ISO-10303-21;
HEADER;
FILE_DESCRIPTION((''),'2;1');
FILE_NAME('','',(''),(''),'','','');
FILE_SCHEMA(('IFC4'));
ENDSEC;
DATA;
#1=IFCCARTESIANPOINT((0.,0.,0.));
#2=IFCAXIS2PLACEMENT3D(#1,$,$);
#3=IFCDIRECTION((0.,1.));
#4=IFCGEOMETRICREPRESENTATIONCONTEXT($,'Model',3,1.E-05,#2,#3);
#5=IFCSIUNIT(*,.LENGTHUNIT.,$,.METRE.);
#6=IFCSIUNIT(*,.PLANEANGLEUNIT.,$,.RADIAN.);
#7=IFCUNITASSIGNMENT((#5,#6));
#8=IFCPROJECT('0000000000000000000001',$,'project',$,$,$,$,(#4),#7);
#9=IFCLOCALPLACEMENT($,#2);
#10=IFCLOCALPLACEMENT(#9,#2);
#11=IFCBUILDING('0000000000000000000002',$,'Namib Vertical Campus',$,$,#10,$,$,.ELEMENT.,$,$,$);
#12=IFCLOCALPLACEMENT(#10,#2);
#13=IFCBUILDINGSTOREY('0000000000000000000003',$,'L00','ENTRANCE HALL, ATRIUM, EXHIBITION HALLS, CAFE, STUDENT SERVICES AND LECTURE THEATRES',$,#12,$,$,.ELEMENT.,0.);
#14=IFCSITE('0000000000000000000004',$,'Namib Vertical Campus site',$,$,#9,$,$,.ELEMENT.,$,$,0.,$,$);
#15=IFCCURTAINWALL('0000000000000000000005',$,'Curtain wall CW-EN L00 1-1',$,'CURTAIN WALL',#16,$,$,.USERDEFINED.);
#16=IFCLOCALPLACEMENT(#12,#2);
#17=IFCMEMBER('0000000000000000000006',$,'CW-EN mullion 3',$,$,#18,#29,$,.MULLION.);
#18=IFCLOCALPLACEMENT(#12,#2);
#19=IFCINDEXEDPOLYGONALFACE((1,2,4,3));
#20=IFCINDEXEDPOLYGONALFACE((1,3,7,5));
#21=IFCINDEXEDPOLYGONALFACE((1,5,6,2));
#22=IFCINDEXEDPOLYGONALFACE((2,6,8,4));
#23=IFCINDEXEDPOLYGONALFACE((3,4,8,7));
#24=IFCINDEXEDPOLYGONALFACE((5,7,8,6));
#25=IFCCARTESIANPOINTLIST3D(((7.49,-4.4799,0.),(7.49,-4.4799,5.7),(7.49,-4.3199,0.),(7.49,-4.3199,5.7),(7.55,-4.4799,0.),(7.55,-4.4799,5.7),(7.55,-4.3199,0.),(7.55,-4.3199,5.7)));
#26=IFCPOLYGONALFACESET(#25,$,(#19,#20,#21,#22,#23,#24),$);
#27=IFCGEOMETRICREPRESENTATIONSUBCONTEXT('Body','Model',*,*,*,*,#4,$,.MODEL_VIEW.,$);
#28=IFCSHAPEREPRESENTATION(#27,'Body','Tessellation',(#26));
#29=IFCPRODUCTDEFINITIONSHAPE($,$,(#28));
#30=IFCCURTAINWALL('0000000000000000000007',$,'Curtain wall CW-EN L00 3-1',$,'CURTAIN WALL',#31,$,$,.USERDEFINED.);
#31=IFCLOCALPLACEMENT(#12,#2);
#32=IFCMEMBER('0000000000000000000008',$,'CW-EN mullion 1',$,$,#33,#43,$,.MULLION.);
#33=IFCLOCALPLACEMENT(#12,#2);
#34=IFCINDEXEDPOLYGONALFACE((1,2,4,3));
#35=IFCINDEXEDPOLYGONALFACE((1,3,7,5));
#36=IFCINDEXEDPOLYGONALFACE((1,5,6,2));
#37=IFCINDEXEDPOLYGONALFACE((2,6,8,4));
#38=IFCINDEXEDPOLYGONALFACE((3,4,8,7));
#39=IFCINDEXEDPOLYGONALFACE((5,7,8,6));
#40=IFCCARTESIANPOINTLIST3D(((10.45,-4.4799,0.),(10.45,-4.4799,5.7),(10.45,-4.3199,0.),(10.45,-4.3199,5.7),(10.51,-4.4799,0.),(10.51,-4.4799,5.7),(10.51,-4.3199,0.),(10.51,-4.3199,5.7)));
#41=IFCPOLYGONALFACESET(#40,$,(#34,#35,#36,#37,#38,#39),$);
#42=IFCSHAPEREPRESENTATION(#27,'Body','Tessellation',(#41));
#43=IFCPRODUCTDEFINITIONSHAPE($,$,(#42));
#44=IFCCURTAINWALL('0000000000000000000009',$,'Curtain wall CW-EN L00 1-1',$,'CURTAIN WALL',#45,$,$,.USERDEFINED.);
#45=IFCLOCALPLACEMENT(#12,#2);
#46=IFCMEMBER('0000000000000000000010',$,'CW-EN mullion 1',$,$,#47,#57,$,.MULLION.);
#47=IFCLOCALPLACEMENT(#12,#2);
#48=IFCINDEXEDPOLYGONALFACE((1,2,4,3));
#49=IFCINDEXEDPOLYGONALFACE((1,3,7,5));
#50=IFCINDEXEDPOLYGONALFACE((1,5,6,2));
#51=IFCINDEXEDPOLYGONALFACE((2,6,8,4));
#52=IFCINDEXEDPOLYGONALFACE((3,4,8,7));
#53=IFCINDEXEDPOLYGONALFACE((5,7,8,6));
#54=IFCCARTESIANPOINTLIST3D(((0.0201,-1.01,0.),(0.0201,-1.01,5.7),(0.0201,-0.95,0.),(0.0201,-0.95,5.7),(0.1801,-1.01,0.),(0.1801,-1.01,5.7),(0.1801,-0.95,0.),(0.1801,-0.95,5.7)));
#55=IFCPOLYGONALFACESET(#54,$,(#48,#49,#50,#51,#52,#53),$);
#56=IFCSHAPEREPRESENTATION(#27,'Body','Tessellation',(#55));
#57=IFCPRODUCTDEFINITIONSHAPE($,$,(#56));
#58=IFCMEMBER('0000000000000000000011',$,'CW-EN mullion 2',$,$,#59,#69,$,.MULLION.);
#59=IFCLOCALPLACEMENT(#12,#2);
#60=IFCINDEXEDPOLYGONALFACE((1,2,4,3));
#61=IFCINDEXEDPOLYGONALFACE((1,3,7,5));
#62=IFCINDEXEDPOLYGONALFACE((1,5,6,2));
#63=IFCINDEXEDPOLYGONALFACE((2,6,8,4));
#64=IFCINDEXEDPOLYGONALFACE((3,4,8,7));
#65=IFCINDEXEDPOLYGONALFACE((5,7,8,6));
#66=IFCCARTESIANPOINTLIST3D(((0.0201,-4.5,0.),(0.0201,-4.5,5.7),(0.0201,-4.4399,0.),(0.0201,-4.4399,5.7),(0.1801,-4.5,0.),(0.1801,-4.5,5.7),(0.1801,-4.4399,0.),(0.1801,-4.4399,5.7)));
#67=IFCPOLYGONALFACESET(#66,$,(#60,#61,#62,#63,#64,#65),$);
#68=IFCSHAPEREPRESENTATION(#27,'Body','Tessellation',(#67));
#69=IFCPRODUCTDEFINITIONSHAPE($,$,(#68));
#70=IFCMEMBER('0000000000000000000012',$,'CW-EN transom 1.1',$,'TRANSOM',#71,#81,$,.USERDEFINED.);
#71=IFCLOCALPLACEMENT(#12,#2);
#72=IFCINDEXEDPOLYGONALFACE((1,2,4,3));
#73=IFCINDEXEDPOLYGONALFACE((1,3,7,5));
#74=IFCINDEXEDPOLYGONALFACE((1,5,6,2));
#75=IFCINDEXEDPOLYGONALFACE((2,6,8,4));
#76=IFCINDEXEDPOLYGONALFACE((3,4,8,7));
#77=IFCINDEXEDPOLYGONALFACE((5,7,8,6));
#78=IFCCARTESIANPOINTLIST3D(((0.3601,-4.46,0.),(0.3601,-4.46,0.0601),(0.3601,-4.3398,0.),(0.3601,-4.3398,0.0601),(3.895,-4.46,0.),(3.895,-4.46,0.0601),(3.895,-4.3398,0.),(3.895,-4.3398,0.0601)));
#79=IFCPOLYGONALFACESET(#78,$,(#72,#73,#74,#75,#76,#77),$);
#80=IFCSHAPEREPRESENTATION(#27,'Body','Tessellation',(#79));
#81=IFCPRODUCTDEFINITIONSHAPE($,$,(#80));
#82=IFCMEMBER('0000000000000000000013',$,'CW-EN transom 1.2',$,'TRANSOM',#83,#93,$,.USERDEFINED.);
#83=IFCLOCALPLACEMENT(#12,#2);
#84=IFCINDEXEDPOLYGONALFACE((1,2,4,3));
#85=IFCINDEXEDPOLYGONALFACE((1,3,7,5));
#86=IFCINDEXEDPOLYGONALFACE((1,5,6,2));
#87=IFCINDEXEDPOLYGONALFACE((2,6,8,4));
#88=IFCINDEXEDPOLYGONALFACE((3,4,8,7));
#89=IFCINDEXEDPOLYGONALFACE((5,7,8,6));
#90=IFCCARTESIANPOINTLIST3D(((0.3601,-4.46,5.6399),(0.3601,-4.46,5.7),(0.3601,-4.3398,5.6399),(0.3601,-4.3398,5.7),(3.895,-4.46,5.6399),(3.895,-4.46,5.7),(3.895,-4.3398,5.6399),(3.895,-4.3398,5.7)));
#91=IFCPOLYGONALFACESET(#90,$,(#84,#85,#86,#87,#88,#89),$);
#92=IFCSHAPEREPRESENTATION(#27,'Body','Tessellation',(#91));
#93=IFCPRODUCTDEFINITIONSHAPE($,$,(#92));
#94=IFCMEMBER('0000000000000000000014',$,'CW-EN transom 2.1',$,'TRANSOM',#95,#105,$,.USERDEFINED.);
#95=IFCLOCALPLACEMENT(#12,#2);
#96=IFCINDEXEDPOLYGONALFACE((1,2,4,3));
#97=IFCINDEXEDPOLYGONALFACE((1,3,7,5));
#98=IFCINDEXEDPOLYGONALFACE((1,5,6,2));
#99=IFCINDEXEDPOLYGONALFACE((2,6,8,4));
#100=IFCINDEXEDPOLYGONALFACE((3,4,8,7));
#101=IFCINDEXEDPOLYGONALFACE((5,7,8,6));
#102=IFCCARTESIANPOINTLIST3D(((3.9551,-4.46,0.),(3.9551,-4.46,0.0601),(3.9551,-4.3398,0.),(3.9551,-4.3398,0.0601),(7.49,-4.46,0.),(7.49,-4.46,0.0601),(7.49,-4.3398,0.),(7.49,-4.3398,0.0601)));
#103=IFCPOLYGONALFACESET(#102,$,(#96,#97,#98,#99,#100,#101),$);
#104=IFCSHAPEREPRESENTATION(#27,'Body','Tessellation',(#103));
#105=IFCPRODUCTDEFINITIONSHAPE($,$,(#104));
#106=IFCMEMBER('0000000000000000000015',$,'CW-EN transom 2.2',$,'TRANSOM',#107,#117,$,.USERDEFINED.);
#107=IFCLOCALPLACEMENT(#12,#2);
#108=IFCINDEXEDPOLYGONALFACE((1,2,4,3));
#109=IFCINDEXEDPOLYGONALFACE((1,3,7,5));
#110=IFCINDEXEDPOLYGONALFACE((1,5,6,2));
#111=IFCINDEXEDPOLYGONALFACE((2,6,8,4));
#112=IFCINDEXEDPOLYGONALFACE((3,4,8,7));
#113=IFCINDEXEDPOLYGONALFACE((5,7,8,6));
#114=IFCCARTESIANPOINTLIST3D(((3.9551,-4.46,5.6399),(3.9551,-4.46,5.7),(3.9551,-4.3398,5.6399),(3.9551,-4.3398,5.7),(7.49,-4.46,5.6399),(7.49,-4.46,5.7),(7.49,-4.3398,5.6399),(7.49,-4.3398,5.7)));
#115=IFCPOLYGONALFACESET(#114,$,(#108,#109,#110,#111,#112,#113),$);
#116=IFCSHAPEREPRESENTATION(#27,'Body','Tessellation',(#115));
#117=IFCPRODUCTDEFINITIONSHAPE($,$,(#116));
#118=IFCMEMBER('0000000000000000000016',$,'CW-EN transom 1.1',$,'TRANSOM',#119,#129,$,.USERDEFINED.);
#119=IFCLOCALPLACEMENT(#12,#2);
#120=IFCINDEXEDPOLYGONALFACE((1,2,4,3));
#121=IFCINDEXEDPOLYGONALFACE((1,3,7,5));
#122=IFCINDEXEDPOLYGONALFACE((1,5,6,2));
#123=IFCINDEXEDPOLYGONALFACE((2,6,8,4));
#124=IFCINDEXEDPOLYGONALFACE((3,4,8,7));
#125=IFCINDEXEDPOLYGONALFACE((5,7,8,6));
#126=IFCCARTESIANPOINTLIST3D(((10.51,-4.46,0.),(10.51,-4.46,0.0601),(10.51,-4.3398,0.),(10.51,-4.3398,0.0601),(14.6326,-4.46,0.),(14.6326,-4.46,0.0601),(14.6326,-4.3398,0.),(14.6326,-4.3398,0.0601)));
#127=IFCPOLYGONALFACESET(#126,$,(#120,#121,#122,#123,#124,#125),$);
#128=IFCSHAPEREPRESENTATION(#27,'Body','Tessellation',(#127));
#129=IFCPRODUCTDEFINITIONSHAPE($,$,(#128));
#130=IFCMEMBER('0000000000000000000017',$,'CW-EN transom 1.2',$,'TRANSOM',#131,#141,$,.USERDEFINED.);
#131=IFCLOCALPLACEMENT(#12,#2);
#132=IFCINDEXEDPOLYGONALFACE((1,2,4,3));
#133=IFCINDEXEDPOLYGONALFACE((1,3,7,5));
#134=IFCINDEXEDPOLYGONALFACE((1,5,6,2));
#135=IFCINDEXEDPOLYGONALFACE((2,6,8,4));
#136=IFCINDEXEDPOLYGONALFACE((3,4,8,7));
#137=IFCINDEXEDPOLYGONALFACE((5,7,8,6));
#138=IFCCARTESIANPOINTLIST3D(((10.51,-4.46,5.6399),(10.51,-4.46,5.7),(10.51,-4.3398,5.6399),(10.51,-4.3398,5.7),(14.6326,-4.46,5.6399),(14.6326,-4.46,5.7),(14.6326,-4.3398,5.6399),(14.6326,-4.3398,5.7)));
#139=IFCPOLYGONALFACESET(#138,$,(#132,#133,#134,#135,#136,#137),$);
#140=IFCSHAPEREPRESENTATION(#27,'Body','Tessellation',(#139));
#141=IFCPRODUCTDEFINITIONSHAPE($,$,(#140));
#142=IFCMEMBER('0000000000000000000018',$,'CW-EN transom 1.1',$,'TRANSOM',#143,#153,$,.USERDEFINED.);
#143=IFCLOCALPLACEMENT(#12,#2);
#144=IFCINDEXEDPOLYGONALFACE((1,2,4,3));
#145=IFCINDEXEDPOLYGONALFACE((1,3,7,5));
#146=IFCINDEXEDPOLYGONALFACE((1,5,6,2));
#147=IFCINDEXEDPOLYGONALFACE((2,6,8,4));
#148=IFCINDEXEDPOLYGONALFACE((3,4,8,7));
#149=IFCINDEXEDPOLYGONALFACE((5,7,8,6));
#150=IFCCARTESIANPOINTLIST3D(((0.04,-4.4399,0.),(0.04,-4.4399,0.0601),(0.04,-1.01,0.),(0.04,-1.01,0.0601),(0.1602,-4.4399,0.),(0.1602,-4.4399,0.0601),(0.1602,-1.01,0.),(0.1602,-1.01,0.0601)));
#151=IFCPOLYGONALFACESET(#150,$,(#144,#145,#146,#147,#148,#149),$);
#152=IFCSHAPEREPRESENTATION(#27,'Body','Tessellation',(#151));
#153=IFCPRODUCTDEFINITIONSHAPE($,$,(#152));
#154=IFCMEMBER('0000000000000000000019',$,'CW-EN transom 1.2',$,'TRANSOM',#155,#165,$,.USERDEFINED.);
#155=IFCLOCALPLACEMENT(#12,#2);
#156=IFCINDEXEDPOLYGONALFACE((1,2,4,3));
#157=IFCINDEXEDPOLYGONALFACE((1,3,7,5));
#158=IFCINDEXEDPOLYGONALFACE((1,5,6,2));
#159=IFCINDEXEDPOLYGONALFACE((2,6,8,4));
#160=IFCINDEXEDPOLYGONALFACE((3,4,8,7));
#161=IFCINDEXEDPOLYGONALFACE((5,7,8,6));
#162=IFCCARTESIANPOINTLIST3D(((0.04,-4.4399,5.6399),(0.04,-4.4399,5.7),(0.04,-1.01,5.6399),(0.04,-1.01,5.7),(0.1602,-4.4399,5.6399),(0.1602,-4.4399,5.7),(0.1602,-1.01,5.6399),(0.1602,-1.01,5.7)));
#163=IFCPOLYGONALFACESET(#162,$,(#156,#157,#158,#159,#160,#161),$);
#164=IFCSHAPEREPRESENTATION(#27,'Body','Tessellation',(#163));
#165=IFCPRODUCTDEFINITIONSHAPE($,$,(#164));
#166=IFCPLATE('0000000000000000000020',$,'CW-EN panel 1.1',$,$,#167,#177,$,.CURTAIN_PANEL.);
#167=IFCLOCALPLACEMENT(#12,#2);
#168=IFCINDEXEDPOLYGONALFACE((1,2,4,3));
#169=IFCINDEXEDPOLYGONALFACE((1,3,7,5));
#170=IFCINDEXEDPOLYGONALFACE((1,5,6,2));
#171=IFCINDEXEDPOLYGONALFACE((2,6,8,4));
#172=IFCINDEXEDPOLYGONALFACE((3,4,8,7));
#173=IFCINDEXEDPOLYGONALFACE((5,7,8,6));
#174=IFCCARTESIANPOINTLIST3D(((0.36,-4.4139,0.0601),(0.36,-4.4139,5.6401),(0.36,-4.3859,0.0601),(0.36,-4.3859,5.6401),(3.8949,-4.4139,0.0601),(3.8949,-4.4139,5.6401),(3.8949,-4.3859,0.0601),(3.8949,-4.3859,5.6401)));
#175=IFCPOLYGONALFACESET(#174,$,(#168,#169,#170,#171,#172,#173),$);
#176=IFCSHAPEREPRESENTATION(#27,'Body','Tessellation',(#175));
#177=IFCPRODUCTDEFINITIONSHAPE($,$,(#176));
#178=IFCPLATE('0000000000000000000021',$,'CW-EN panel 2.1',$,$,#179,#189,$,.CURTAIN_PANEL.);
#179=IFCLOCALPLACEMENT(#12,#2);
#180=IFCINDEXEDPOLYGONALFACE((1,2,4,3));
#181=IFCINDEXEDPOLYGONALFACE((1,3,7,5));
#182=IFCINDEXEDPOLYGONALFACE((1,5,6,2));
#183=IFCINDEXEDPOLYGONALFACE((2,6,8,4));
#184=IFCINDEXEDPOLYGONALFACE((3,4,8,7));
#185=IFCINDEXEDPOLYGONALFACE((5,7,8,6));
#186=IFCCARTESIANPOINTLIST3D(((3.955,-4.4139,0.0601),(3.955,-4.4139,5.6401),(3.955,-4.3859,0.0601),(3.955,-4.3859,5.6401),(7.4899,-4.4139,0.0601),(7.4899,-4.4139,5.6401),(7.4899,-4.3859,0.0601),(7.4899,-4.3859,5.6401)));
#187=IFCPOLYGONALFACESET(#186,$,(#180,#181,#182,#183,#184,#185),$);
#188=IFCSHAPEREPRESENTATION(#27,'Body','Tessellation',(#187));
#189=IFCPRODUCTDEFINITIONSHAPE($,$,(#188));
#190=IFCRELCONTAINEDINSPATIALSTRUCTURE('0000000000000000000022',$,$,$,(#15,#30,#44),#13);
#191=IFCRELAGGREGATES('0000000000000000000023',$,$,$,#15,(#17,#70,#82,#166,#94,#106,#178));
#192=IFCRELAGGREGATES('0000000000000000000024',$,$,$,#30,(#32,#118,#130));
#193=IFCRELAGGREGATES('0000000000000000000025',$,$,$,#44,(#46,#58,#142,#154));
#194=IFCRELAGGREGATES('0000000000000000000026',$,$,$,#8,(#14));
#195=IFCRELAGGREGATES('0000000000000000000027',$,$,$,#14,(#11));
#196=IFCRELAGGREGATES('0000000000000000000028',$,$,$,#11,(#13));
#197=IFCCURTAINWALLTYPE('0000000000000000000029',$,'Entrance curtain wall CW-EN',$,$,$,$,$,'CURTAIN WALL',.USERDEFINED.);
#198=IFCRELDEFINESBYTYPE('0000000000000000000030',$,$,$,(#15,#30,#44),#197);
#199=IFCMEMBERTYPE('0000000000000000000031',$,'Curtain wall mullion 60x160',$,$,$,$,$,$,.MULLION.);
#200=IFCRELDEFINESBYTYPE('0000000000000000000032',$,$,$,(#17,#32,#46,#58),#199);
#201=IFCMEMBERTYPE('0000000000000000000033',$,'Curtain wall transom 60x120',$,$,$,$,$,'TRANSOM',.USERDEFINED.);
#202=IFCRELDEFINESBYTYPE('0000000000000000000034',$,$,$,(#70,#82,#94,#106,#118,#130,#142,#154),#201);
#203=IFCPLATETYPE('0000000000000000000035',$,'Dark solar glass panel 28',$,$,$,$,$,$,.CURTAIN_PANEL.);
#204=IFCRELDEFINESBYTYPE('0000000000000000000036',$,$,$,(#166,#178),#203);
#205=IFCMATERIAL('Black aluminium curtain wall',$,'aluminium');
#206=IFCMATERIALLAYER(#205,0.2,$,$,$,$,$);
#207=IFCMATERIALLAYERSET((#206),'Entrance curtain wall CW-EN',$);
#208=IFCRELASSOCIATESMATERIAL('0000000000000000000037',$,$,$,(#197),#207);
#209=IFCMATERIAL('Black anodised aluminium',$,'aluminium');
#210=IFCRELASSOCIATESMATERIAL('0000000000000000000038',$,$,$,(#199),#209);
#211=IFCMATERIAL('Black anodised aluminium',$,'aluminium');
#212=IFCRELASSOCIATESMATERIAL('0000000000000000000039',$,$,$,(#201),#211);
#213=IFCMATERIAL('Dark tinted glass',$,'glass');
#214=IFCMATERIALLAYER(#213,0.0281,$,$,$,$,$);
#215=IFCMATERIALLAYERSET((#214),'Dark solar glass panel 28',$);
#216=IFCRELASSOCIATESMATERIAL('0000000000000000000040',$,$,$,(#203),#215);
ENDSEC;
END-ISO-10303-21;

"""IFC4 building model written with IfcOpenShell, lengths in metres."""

from ifc_helpers import new_model, si_unit, direction, frame, origin, origin_2d, place, context, subcontext, project, spatial, rectangle, extrude, material, layer, layer_set, material_profile, profile_set, type_object, element, aggregate, save


model = new_model("IFC4")

# Units and contexts
model_context = context("Model", 3, precision=1e-05, world=origin(), true_north=direction((0.0, 1.0)))
body_context = subcontext(model_context, "Body", "Model", "MODEL_VIEW")
ifc_project = project(units=[si_unit("LENGTHUNIT", "METRE"), si_unit("PLANEANGLEUNIT", "RADIAN")], contexts=[model_context])

# Site, building, storey
site_placement = place(None, origin())
site = spatial("IfcSite", under=ifc_project, at=site_placement, Name="Namib Vertical Campus site", CompositionType="ELEMENT", RefElevation=0.0)
building_placement = place(site_placement, origin())
building = spatial("IfcBuilding", under=site, at=building_placement, Name="Namib Vertical Campus", CompositionType="ELEMENT")
storey_placement = place(building_placement, origin())
storey = spatial("IfcBuildingStorey", under=building, at=storey_placement, Name="L00", Description="ENTRANCE HALL, ATRIUM, EXHIBITION HALLS, CAFE, STUDENT SERVICES AND LECTURE THEATRES", CompositionType="ELEMENT", Elevation=0.0)

# Curtain wall, member
ifc_material_1 = material(Name="Black aluminium curtain wall", Category="aluminium")
ifc_layer_1 = layer(ifc_material_1, 0.2)
ifc_layer_set_1 = layer_set([ifc_layer_1], Name="Entrance curtain wall CW-EN")
curtain_wall_type = type_object("IfcCurtainWallType", Name="Entrance curtain wall CW-EN", ElementType="CURTAIN WALL", PredefinedType="USERDEFINED", material=ifc_layer_set_1)
curtain_wall_1_placement = place(storey_placement, origin())
curtain_wall_1 = element("IfcCurtainWall", 1, at=curtain_wall_1_placement, inside=storey, type_object=curtain_wall_type, Name="Curtain wall CW-EN L00 1-1", ObjectType="CURTAIN WALL", PredefinedType="USERDEFINED")
ifc_material_2 = material(Name="Black anodised aluminium", Category="aluminium")
ifc_material_profile_1 = material_profile(ifc_material_2, rectangle(XDim=0.0601, YDim=0.1599, at=origin_2d()))
ifc_profile_set_1 = profile_set([ifc_material_profile_1], Name="Black anodised aluminium")
member_type_1 = type_object("IfcMemberType", Name="Curtain wall mullion 60x160", PredefinedType="MULLION", material=ifc_profile_set_1)
member_1_placement = place(storey_placement, frame((7.52, -4.3999, 0.0), z_axis=(0.0, 0.0, 1.0), x_axis=(1.0, 0.0, 0.0)))
member_1 = element("IfcMember", 2, at=member_1_placement, type_object=member_type_1, Name="CW-EN mullion 3", PredefinedType="MULLION", context=body_context, shape_type="SweptSolid", body=[
    extrude(rectangle(XDim=0.0601, YDim=0.1599, at=origin_2d()), origin(), (0.0, 0.0, 1.0), 5.7),
])

# Curtain wall, member
curtain_wall_2_placement = place(storey_placement, origin())
curtain_wall_2 = element("IfcCurtainWall", 3, at=curtain_wall_2_placement, inside=storey, type_object=curtain_wall_type, Name="Curtain wall CW-EN L00 3-1", ObjectType="CURTAIN WALL", PredefinedType="USERDEFINED")
member_2_placement = place(storey_placement, frame((10.48, -4.3999, 0.0), z_axis=(0.0, 0.0, 1.0), x_axis=(1.0, 0.0, 0.0)))
member_2 = element("IfcMember", 4, at=member_2_placement, type_object=member_type_1, Name="CW-EN mullion 1", PredefinedType="MULLION", context=body_context, shape_type="SweptSolid", body=[
    extrude(rectangle(XDim=0.0601, YDim=0.1599, at=origin_2d()), origin(), (0.0, 0.0, 1.0), 5.7),
])

# Curtain wall, members
curtain_wall_3_placement = place(storey_placement, origin())
curtain_wall_3 = element("IfcCurtainWall", 5, at=curtain_wall_3_placement, inside=storey, type_object=curtain_wall_type, Name="Curtain wall CW-EN L00 1-1", ObjectType="CURTAIN WALL", PredefinedType="USERDEFINED")
member_3_placement = place(storey_placement, frame((0.1001, -0.98, 0.0), z_axis=(0.0, 0.0, 1.0), x_axis=(0.0, -1.0, 0.0)))
member_3 = element("IfcMember", 6, at=member_3_placement, type_object=member_type_1, Name="CW-EN mullion 1", PredefinedType="MULLION", context=body_context, shape_type="SweptSolid", body=[
    extrude(rectangle(XDim=0.0601, YDim=0.1599, at=origin_2d()), origin(), (0.0, 0.0, 1.0), 5.7),
])
member_4_placement = place(storey_placement, frame((0.1001, -4.47, 0.0), z_axis=(0.0, 0.0, 1.0), x_axis=(0.0, -1.0, 0.0)))
member_4 = element("IfcMember", 7, at=member_4_placement, type_object=member_type_1, Name="CW-EN mullion 2", PredefinedType="MULLION", context=body_context, shape_type="SweptSolid", body=[
    extrude(rectangle(XDim=0.0601, YDim=0.1599, at=origin_2d()), origin(), (0.0, 0.0, 1.0), 5.7),
])

# Members
ifc_material_3 = material(Name="Black anodised aluminium", Category="aluminium")
ifc_material_profile_2 = material_profile(ifc_material_3, rectangle(XDim=0.0601, YDim=0.1201, at=origin_2d()))
ifc_profile_set_2 = profile_set([ifc_material_profile_2], Name="Black anodised aluminium")
member_type_2 = type_object("IfcMemberType", Name="Curtain wall transom 60x120", ElementType="TRANSOM", PredefinedType="USERDEFINED", material=ifc_profile_set_2)
member_5_placement = place(storey_placement, frame((0.3601, -4.3999, 0.03), z_axis=(1.0, 0.0, 0.0), x_axis=(0.0, 0.0, 1.0)))
member_5 = element("IfcMember", 8, at=member_5_placement, type_object=member_type_2, Name="CW-EN transom 1.1", ObjectType="TRANSOM", PredefinedType="USERDEFINED", context=body_context, shape_type="SweptSolid", body=[
    extrude(rectangle(XDim=0.0601, YDim=0.1201, at=origin_2d()), origin(), (0.0, 0.0, 1.0), 3.5349),
])
member_6_placement = place(storey_placement, frame((0.3601, -4.3999, 5.6699), z_axis=(1.0, 0.0, 0.0), x_axis=(0.0, 0.0, 1.0)))
member_6 = element("IfcMember", 9, at=member_6_placement, type_object=member_type_2, Name="CW-EN transom 1.2", ObjectType="TRANSOM", PredefinedType="USERDEFINED", context=body_context, shape_type="SweptSolid", body=[
    extrude(rectangle(XDim=0.0601, YDim=0.1201, at=origin_2d()), origin(), (0.0, 0.0, 1.0), 3.5349),
])
member_7_placement = place(storey_placement, frame((3.9551, -4.3999, 0.03), z_axis=(1.0, 0.0, 0.0), x_axis=(0.0, 0.0, 1.0)))
member_7 = element("IfcMember", 10, at=member_7_placement, type_object=member_type_2, Name="CW-EN transom 2.1", ObjectType="TRANSOM", PredefinedType="USERDEFINED", context=body_context, shape_type="SweptSolid", body=[
    extrude(rectangle(XDim=0.0601, YDim=0.1201, at=origin_2d()), origin(), (0.0, 0.0, 1.0), 3.5349),
])
member_8_placement = place(storey_placement, frame((3.9551, -4.3999, 5.6699), z_axis=(1.0, 0.0, 0.0), x_axis=(0.0, 0.0, 1.0)))
member_8 = element("IfcMember", 11, at=member_8_placement, type_object=member_type_2, Name="CW-EN transom 2.2", ObjectType="TRANSOM", PredefinedType="USERDEFINED", context=body_context, shape_type="SweptSolid", body=[
    extrude(rectangle(XDim=0.0601, YDim=0.1201, at=origin_2d()), origin(), (0.0, 0.0, 1.0), 3.5349),
])
member_9_placement = place(storey_placement, frame((10.51, -4.3999, 0.03), z_axis=(1.0, 0.0, 0.0), x_axis=(0.0, 0.0, 1.0)))
member_9 = element("IfcMember", 12, at=member_9_placement, type_object=member_type_2, Name="CW-EN transom 1.1", ObjectType="TRANSOM", PredefinedType="USERDEFINED", context=body_context, shape_type="SweptSolid", body=[
    extrude(rectangle(XDim=0.0601, YDim=0.1201, at=origin_2d()), origin(), (0.0, 0.0, 1.0), 4.1226),
])
member_10_placement = place(storey_placement, frame((10.51, -4.3999, 5.6699), z_axis=(1.0, 0.0, 0.0), x_axis=(0.0, 0.0, 1.0)))
member_10 = element("IfcMember", 13, at=member_10_placement, type_object=member_type_2, Name="CW-EN transom 1.2", ObjectType="TRANSOM", PredefinedType="USERDEFINED", context=body_context, shape_type="SweptSolid", body=[
    extrude(rectangle(XDim=0.0601, YDim=0.1201, at=origin_2d()), origin(), (0.0, 0.0, 1.0), 4.1226),
])
member_11_placement = place(storey_placement, frame((0.1001, -1.01, 0.03), z_axis=(0.0, -1.0, 0.0), x_axis=(0.0, 0.0, 1.0)))
member_11 = element("IfcMember", 14, at=member_11_placement, type_object=member_type_2, Name="CW-EN transom 1.1", ObjectType="TRANSOM", PredefinedType="USERDEFINED", context=body_context, shape_type="SweptSolid", body=[
    extrude(rectangle(XDim=0.0601, YDim=0.1201, at=origin_2d()), origin(), (0.0, 0.0, 1.0), 3.4299),
])
member_12_placement = place(storey_placement, frame((0.1001, -1.01, 5.6699), z_axis=(0.0, -1.0, 0.0), x_axis=(0.0, 0.0, 1.0)))
member_12 = element("IfcMember", 15, at=member_12_placement, type_object=member_type_2, Name="CW-EN transom 1.2", ObjectType="TRANSOM", PredefinedType="USERDEFINED", context=body_context, shape_type="SweptSolid", body=[
    extrude(rectangle(XDim=0.0601, YDim=0.1201, at=origin_2d()), origin(), (0.0, 0.0, 1.0), 3.4299),
])

# Plates
ifc_material_4 = material(Name="Dark tinted glass", Category="glass")
ifc_layer_2 = layer(ifc_material_4, 0.0281)
ifc_layer_set_2 = layer_set([ifc_layer_2], Name="Dark solar glass panel 28")
plate_type = type_object("IfcPlateType", Name="Dark solar glass panel 28", PredefinedType="CURTAIN_PANEL", material=ifc_layer_set_2)
plate_1_placement = place(storey_placement, frame((2.1274, -4.3999, 0.0601), z_axis=(0.0, 0.0, 1.0), x_axis=(1.0, 0.0, 0.0)))
plate_1 = element("IfcPlate", 16, at=plate_1_placement, type_object=plate_type, Name="CW-EN panel 1.1", PredefinedType="CURTAIN_PANEL", context=body_context, shape_type="SweptSolid", body=[
    extrude(rectangle(XDim=3.5349, YDim=0.0281, at=origin_2d()), origin(), (0.0, 0.0, 1.0), 5.5801),
])
plate_2_placement = place(storey_placement, frame((5.7224, -4.3999, 0.0601), z_axis=(0.0, 0.0, 1.0), x_axis=(1.0, 0.0, 0.0)))
plate_2 = element("IfcPlate", 17, at=plate_2_placement, type_object=plate_type, Name="CW-EN panel 2.1", PredefinedType="CURTAIN_PANEL", context=body_context, shape_type="SweptSolid", body=[
    extrude(rectangle(XDim=3.5349, YDim=0.0281, at=origin_2d()), origin(), (0.0, 0.0, 1.0), 5.5801),
])
aggregate(curtain_wall_1, [member_1, member_5, member_6, plate_1, member_7, member_8, plate_2])
aggregate(curtain_wall_2, [member_2, member_9, member_10])
aggregate(curtain_wall_3, [member_3, member_4, member_11, member_12])

save(model, "model.ifc")
